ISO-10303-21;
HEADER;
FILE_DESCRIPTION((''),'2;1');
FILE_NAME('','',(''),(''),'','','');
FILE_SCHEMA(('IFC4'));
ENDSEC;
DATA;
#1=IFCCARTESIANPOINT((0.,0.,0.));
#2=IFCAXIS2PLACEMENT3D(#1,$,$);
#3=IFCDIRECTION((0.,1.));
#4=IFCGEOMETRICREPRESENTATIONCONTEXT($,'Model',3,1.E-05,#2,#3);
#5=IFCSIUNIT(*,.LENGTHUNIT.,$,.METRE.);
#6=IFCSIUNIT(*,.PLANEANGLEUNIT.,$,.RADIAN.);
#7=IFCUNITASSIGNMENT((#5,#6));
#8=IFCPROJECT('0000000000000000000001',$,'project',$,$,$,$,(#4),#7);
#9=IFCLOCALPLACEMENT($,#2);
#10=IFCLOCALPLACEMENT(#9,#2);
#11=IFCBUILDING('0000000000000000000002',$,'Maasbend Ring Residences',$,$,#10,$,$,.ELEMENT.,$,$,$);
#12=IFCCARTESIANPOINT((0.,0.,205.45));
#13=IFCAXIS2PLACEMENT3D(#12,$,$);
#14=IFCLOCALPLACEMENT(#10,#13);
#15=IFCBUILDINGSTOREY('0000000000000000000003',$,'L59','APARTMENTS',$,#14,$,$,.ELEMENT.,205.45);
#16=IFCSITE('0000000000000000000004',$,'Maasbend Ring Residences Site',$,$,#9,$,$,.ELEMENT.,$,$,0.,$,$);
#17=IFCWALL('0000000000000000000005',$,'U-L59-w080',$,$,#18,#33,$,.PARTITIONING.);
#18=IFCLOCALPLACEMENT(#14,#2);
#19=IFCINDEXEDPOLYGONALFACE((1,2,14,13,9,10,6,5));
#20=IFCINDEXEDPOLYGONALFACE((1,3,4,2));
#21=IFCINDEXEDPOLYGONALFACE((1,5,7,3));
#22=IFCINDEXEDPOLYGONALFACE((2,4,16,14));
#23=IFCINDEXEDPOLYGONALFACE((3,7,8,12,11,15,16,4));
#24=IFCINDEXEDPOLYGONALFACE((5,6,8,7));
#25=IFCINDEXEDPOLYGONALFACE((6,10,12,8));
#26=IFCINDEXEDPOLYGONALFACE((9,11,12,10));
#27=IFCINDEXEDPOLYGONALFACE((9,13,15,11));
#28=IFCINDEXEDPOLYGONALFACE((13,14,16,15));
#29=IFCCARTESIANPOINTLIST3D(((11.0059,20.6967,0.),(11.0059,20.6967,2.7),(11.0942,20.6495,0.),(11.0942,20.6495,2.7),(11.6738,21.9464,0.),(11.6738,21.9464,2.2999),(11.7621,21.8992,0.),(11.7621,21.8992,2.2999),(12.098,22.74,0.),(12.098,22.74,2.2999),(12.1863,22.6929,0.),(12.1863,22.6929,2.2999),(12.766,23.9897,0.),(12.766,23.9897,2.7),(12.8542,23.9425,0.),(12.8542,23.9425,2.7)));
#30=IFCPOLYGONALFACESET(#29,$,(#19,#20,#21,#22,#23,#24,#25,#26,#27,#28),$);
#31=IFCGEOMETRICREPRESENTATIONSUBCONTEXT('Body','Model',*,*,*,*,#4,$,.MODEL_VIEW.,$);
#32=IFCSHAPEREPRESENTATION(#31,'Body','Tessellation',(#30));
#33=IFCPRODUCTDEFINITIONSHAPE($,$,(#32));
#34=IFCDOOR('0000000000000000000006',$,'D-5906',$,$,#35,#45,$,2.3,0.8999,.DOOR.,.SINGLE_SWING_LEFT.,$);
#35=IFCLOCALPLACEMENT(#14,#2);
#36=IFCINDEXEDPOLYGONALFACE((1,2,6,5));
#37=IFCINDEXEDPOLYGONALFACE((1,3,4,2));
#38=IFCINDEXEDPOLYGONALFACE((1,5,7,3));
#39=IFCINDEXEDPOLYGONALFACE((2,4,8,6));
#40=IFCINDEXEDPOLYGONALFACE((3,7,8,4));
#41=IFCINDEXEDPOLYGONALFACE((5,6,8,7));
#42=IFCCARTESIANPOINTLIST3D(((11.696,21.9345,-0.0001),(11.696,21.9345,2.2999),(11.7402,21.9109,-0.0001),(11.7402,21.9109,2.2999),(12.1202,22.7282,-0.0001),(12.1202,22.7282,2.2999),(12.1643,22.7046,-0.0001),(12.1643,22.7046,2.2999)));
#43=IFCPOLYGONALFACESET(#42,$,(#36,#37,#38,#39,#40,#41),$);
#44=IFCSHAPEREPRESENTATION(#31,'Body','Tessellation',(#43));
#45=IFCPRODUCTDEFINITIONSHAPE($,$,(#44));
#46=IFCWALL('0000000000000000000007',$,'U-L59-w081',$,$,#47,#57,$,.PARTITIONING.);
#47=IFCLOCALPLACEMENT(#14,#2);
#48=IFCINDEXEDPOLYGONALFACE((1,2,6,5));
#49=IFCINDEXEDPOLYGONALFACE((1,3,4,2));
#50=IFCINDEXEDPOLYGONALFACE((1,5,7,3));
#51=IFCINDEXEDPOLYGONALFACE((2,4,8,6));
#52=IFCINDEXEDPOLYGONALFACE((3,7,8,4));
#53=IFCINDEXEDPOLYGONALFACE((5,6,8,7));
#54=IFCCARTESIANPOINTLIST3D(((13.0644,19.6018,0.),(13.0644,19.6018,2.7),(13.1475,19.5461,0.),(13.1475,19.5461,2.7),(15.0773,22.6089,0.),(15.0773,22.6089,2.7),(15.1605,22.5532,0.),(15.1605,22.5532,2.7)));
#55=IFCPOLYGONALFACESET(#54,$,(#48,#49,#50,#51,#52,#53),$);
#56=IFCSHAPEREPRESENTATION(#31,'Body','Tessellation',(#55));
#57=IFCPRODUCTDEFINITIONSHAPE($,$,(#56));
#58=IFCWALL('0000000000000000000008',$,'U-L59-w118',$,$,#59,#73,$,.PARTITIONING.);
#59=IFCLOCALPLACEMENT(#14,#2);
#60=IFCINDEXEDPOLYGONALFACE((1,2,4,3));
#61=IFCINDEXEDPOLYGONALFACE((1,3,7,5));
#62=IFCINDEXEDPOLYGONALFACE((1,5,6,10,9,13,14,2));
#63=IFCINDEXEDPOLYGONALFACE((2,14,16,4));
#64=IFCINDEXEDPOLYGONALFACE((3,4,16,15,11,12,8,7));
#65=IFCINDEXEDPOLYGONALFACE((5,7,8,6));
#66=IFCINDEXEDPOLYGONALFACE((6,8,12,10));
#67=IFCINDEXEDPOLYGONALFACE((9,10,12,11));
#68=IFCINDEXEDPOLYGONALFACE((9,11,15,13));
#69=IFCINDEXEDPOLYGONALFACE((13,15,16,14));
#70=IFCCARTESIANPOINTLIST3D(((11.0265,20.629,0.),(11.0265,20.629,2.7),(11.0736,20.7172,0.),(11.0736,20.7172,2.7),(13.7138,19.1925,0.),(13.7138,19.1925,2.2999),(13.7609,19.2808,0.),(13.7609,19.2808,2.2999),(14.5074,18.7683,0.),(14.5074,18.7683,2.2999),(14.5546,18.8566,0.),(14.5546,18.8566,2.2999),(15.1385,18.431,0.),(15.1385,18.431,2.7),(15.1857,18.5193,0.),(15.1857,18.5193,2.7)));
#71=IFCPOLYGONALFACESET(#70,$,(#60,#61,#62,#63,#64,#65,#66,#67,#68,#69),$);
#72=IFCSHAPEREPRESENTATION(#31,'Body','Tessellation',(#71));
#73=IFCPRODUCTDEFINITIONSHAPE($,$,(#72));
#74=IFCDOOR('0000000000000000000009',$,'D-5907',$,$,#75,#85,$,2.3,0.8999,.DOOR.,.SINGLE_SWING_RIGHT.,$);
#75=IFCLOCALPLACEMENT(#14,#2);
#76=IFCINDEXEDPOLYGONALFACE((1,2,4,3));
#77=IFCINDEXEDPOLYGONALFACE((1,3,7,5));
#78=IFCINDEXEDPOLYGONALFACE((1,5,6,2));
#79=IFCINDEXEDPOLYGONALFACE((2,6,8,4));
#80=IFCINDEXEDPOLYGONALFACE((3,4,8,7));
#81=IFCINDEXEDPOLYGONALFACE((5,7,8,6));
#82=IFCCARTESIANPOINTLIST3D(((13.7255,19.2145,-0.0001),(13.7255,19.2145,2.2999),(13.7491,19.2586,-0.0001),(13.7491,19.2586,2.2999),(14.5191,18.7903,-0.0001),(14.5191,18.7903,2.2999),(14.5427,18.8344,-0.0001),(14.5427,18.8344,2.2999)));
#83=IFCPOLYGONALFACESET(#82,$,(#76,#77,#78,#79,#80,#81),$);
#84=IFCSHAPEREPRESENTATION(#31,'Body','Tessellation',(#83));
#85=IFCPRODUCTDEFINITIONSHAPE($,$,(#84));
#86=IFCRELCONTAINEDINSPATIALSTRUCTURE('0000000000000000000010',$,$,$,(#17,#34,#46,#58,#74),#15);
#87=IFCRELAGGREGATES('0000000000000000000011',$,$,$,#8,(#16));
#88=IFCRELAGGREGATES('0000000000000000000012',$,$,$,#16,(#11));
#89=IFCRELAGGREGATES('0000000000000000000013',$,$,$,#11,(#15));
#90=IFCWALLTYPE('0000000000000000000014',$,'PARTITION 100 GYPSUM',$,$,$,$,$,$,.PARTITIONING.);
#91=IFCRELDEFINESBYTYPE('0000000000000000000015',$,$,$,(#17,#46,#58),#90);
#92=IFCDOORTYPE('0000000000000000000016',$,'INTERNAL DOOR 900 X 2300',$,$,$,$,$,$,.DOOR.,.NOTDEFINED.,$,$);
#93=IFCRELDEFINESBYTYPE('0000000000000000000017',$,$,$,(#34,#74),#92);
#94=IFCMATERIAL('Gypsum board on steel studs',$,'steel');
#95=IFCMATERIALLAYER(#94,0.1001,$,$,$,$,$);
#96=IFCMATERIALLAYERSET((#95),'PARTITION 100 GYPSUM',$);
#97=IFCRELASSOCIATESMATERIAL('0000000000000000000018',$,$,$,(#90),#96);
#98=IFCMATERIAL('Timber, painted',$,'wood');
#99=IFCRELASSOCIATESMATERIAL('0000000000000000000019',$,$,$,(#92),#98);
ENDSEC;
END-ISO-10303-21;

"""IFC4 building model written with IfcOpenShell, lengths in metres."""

from ifc_helpers import new_model, si_unit, direction, frame, frame_2d, origin, place, context, subcontext, project, spatial, rectangle, extrude, material, layer, layer_set, type_object, element, fill, save


model = new_model("IFC4")

# Units and contexts
model_context = context("Model", 3, precision=1e-05, world=origin(), true_north=direction((0.0, 1.0)))
body_context = subcontext(model_context, "Body", "Model", "MODEL_VIEW")
ifc_project = project(units=[si_unit("LENGTHUNIT", "METRE"), si_unit("PLANEANGLEUNIT", "RADIAN")], contexts=[model_context])

# Site, building, storey
site_placement = place(None, origin())
site = spatial("IfcSite", under=ifc_project, at=site_placement, Name="Maasbend Ring Residences Site", CompositionType="ELEMENT", RefElevation=0.0)
building_placement = place(site_placement, origin())
building = spatial("IfcBuilding", under=site, at=building_placement, Name="Maasbend Ring Residences", CompositionType="ELEMENT")
storey_placement = place(building_placement, frame((0.0, 0.0, 205.45)))
storey = spatial("IfcBuildingStorey", under=building, at=storey_placement, Name="L59", Description="APARTMENTS", CompositionType="ELEMENT", Elevation=205.45)

# Wall, opening, door
ifc_material_1 = material(Name="Gypsum board on steel studs", Category="steel")
ifc_layer_1 = layer(ifc_material_1, 0.1001)
ifc_layer_set_1 = layer_set([ifc_layer_1], Name="PARTITION 100 GYPSUM")
wall_type_1 = type_object("IfcWallType", Name="PARTITION 100 GYPSUM", PredefinedType="PARTITIONING", material=ifc_layer_set_1)
wall_1_placement = place(storey_placement, frame((11.05, 20.6731, 0.0), z_axis=(0.0, 0.0, 1.0), x_axis=(0.471372, 0.881934, 0.0)))
wall_1 = element("IfcWall", 1, at=wall_1_placement, inside=storey, type_object=wall_type_1, Name="U-L59-w080", PredefinedType="PARTITIONING", context=body_context, shape_type="SweptSolid", body=[
    extrude(rectangle(XDim=3.7339, YDim=0.1001, at=frame_2d((1.8669, 0.0))), origin(), (0.0, 0.0, 1.0), 2.7),
])
opening_1_placement = place(wall_1_placement, frame((1.417, 0.0, 0.0)))
opening_1 = element("IfcOpeningElement", 2, at=opening_1_placement, cuts=wall_1, PredefinedType="OPENING", context=body_context, shape_type="SweptSolid", body=[
    extrude(rectangle(XDim=0.8999, YDim=2.3, at=frame_2d((0.45, 1.1499))), frame((0.0, 0.0601, 0.0), z_axis=(0.0, -1.0, 0.0), x_axis=(1.0, 0.0, 0.0)), (0.0, 0.0, 1.0), 0.1201),
])
ifc_material_2 = material(Name="Timber, painted", Category="wood")
door_type_1 = type_object("IfcDoorType", Name="INTERNAL DOOR 900 X 2300", OperationType="NOTDEFINED", PredefinedType="DOOR", material=ifc_material_2)
door_1_placement = place(opening_1_placement, origin())
door_1 = element("IfcDoor", 3, at=door_1_placement, inside=storey, type_object=door_type_1, Name="D-5906", OperationType="SINGLE_SWING_LEFT", OverallHeight=2.3, OverallWidth=0.8999, PredefinedType="DOOR", context=body_context, shape_type="SweptSolid", body=[
    extrude(rectangle(XDim=0.8999, YDim=2.3, at=frame_2d((0.45, 1.1499))), frame((0.0, 0.0249, 0.0), z_axis=(0.0, -1.0, 0.0), x_axis=(1.0, 0.0, 0.0)), (0.0, 0.0, 1.0), 0.05),
])
fill(opening_1, door_1)

# Wall
wall_2_placement = place(storey_placement, frame((13.106, 19.574, 0.0), z_axis=(0.0, 0.0, 1.0), x_axis=(0.556272, 0.831, 0.0)))
element("IfcWall", 4, at=wall_2_placement, inside=storey, type_object=wall_type_1, Name="U-L59-w081", PredefinedType="PARTITIONING", context=body_context, shape_type="SweptSolid", body=[
    extrude(rectangle(XDim=3.6187, YDim=0.1001, at=frame_2d((1.8093, 0.0))), origin(), (0.0, 0.0, 1.0), 2.7),
])

# Wall, opening, door
wall_3_placement = place(storey_placement, frame((11.05, 20.6731, 0.0), z_axis=(0.0, 0.0, 1.0), x_axis=(0.881916, -0.471406, 0.0)))
wall_3 = element("IfcWall", 5, at=wall_3_placement, inside=storey, type_object=wall_type_1, Name="U-L59-w118", PredefinedType="PARTITIONING", context=body_context, shape_type="SweptSolid", body=[
    extrude(rectangle(XDim=4.6626, YDim=0.1001, at=frame_2d((2.3313, 0.0))), origin(), (0.0, 0.0, 1.0), 2.7),
])
opening_2_placement = place(wall_3_placement, frame((3.0471, 0.0, 0.0)))
opening_2 = element("IfcOpeningElement", 6, at=opening_2_placement, cuts=wall_3, PredefinedType="OPENING", context=body_context, shape_type="SweptSolid", body=[
    extrude(rectangle(XDim=0.8999, YDim=2.3, at=frame_2d((0.45, 1.1499))), frame((0.0, 0.0601, 0.0), z_axis=(0.0, -1.0, 0.0), x_axis=(1.0, 0.0, 0.0)), (0.0, 0.0, 1.0), 0.1201),
])
door_2_placement = place(opening_2_placement, origin())
door_2 = element("IfcDoor", 7, at=door_2_placement, inside=storey, type_object=door_type_1, Name="D-5907", OperationType="SINGLE_SWING_RIGHT", OverallHeight=2.3, OverallWidth=0.8999, PredefinedType="DOOR", context=body_context, shape_type="SweptSolid", body=[
    extrude(rectangle(XDim=0.8999, YDim=2.3, at=frame_2d((0.45, 1.1499))), frame((0.0, 0.0249, 0.0), z_axis=(0.0, -1.0, 0.0), x_axis=(1.0, 0.0, 0.0)), (0.0, 0.0, 1.0), 0.05),
])
fill(opening_2, door_2)

save(model, "model.ifc")
